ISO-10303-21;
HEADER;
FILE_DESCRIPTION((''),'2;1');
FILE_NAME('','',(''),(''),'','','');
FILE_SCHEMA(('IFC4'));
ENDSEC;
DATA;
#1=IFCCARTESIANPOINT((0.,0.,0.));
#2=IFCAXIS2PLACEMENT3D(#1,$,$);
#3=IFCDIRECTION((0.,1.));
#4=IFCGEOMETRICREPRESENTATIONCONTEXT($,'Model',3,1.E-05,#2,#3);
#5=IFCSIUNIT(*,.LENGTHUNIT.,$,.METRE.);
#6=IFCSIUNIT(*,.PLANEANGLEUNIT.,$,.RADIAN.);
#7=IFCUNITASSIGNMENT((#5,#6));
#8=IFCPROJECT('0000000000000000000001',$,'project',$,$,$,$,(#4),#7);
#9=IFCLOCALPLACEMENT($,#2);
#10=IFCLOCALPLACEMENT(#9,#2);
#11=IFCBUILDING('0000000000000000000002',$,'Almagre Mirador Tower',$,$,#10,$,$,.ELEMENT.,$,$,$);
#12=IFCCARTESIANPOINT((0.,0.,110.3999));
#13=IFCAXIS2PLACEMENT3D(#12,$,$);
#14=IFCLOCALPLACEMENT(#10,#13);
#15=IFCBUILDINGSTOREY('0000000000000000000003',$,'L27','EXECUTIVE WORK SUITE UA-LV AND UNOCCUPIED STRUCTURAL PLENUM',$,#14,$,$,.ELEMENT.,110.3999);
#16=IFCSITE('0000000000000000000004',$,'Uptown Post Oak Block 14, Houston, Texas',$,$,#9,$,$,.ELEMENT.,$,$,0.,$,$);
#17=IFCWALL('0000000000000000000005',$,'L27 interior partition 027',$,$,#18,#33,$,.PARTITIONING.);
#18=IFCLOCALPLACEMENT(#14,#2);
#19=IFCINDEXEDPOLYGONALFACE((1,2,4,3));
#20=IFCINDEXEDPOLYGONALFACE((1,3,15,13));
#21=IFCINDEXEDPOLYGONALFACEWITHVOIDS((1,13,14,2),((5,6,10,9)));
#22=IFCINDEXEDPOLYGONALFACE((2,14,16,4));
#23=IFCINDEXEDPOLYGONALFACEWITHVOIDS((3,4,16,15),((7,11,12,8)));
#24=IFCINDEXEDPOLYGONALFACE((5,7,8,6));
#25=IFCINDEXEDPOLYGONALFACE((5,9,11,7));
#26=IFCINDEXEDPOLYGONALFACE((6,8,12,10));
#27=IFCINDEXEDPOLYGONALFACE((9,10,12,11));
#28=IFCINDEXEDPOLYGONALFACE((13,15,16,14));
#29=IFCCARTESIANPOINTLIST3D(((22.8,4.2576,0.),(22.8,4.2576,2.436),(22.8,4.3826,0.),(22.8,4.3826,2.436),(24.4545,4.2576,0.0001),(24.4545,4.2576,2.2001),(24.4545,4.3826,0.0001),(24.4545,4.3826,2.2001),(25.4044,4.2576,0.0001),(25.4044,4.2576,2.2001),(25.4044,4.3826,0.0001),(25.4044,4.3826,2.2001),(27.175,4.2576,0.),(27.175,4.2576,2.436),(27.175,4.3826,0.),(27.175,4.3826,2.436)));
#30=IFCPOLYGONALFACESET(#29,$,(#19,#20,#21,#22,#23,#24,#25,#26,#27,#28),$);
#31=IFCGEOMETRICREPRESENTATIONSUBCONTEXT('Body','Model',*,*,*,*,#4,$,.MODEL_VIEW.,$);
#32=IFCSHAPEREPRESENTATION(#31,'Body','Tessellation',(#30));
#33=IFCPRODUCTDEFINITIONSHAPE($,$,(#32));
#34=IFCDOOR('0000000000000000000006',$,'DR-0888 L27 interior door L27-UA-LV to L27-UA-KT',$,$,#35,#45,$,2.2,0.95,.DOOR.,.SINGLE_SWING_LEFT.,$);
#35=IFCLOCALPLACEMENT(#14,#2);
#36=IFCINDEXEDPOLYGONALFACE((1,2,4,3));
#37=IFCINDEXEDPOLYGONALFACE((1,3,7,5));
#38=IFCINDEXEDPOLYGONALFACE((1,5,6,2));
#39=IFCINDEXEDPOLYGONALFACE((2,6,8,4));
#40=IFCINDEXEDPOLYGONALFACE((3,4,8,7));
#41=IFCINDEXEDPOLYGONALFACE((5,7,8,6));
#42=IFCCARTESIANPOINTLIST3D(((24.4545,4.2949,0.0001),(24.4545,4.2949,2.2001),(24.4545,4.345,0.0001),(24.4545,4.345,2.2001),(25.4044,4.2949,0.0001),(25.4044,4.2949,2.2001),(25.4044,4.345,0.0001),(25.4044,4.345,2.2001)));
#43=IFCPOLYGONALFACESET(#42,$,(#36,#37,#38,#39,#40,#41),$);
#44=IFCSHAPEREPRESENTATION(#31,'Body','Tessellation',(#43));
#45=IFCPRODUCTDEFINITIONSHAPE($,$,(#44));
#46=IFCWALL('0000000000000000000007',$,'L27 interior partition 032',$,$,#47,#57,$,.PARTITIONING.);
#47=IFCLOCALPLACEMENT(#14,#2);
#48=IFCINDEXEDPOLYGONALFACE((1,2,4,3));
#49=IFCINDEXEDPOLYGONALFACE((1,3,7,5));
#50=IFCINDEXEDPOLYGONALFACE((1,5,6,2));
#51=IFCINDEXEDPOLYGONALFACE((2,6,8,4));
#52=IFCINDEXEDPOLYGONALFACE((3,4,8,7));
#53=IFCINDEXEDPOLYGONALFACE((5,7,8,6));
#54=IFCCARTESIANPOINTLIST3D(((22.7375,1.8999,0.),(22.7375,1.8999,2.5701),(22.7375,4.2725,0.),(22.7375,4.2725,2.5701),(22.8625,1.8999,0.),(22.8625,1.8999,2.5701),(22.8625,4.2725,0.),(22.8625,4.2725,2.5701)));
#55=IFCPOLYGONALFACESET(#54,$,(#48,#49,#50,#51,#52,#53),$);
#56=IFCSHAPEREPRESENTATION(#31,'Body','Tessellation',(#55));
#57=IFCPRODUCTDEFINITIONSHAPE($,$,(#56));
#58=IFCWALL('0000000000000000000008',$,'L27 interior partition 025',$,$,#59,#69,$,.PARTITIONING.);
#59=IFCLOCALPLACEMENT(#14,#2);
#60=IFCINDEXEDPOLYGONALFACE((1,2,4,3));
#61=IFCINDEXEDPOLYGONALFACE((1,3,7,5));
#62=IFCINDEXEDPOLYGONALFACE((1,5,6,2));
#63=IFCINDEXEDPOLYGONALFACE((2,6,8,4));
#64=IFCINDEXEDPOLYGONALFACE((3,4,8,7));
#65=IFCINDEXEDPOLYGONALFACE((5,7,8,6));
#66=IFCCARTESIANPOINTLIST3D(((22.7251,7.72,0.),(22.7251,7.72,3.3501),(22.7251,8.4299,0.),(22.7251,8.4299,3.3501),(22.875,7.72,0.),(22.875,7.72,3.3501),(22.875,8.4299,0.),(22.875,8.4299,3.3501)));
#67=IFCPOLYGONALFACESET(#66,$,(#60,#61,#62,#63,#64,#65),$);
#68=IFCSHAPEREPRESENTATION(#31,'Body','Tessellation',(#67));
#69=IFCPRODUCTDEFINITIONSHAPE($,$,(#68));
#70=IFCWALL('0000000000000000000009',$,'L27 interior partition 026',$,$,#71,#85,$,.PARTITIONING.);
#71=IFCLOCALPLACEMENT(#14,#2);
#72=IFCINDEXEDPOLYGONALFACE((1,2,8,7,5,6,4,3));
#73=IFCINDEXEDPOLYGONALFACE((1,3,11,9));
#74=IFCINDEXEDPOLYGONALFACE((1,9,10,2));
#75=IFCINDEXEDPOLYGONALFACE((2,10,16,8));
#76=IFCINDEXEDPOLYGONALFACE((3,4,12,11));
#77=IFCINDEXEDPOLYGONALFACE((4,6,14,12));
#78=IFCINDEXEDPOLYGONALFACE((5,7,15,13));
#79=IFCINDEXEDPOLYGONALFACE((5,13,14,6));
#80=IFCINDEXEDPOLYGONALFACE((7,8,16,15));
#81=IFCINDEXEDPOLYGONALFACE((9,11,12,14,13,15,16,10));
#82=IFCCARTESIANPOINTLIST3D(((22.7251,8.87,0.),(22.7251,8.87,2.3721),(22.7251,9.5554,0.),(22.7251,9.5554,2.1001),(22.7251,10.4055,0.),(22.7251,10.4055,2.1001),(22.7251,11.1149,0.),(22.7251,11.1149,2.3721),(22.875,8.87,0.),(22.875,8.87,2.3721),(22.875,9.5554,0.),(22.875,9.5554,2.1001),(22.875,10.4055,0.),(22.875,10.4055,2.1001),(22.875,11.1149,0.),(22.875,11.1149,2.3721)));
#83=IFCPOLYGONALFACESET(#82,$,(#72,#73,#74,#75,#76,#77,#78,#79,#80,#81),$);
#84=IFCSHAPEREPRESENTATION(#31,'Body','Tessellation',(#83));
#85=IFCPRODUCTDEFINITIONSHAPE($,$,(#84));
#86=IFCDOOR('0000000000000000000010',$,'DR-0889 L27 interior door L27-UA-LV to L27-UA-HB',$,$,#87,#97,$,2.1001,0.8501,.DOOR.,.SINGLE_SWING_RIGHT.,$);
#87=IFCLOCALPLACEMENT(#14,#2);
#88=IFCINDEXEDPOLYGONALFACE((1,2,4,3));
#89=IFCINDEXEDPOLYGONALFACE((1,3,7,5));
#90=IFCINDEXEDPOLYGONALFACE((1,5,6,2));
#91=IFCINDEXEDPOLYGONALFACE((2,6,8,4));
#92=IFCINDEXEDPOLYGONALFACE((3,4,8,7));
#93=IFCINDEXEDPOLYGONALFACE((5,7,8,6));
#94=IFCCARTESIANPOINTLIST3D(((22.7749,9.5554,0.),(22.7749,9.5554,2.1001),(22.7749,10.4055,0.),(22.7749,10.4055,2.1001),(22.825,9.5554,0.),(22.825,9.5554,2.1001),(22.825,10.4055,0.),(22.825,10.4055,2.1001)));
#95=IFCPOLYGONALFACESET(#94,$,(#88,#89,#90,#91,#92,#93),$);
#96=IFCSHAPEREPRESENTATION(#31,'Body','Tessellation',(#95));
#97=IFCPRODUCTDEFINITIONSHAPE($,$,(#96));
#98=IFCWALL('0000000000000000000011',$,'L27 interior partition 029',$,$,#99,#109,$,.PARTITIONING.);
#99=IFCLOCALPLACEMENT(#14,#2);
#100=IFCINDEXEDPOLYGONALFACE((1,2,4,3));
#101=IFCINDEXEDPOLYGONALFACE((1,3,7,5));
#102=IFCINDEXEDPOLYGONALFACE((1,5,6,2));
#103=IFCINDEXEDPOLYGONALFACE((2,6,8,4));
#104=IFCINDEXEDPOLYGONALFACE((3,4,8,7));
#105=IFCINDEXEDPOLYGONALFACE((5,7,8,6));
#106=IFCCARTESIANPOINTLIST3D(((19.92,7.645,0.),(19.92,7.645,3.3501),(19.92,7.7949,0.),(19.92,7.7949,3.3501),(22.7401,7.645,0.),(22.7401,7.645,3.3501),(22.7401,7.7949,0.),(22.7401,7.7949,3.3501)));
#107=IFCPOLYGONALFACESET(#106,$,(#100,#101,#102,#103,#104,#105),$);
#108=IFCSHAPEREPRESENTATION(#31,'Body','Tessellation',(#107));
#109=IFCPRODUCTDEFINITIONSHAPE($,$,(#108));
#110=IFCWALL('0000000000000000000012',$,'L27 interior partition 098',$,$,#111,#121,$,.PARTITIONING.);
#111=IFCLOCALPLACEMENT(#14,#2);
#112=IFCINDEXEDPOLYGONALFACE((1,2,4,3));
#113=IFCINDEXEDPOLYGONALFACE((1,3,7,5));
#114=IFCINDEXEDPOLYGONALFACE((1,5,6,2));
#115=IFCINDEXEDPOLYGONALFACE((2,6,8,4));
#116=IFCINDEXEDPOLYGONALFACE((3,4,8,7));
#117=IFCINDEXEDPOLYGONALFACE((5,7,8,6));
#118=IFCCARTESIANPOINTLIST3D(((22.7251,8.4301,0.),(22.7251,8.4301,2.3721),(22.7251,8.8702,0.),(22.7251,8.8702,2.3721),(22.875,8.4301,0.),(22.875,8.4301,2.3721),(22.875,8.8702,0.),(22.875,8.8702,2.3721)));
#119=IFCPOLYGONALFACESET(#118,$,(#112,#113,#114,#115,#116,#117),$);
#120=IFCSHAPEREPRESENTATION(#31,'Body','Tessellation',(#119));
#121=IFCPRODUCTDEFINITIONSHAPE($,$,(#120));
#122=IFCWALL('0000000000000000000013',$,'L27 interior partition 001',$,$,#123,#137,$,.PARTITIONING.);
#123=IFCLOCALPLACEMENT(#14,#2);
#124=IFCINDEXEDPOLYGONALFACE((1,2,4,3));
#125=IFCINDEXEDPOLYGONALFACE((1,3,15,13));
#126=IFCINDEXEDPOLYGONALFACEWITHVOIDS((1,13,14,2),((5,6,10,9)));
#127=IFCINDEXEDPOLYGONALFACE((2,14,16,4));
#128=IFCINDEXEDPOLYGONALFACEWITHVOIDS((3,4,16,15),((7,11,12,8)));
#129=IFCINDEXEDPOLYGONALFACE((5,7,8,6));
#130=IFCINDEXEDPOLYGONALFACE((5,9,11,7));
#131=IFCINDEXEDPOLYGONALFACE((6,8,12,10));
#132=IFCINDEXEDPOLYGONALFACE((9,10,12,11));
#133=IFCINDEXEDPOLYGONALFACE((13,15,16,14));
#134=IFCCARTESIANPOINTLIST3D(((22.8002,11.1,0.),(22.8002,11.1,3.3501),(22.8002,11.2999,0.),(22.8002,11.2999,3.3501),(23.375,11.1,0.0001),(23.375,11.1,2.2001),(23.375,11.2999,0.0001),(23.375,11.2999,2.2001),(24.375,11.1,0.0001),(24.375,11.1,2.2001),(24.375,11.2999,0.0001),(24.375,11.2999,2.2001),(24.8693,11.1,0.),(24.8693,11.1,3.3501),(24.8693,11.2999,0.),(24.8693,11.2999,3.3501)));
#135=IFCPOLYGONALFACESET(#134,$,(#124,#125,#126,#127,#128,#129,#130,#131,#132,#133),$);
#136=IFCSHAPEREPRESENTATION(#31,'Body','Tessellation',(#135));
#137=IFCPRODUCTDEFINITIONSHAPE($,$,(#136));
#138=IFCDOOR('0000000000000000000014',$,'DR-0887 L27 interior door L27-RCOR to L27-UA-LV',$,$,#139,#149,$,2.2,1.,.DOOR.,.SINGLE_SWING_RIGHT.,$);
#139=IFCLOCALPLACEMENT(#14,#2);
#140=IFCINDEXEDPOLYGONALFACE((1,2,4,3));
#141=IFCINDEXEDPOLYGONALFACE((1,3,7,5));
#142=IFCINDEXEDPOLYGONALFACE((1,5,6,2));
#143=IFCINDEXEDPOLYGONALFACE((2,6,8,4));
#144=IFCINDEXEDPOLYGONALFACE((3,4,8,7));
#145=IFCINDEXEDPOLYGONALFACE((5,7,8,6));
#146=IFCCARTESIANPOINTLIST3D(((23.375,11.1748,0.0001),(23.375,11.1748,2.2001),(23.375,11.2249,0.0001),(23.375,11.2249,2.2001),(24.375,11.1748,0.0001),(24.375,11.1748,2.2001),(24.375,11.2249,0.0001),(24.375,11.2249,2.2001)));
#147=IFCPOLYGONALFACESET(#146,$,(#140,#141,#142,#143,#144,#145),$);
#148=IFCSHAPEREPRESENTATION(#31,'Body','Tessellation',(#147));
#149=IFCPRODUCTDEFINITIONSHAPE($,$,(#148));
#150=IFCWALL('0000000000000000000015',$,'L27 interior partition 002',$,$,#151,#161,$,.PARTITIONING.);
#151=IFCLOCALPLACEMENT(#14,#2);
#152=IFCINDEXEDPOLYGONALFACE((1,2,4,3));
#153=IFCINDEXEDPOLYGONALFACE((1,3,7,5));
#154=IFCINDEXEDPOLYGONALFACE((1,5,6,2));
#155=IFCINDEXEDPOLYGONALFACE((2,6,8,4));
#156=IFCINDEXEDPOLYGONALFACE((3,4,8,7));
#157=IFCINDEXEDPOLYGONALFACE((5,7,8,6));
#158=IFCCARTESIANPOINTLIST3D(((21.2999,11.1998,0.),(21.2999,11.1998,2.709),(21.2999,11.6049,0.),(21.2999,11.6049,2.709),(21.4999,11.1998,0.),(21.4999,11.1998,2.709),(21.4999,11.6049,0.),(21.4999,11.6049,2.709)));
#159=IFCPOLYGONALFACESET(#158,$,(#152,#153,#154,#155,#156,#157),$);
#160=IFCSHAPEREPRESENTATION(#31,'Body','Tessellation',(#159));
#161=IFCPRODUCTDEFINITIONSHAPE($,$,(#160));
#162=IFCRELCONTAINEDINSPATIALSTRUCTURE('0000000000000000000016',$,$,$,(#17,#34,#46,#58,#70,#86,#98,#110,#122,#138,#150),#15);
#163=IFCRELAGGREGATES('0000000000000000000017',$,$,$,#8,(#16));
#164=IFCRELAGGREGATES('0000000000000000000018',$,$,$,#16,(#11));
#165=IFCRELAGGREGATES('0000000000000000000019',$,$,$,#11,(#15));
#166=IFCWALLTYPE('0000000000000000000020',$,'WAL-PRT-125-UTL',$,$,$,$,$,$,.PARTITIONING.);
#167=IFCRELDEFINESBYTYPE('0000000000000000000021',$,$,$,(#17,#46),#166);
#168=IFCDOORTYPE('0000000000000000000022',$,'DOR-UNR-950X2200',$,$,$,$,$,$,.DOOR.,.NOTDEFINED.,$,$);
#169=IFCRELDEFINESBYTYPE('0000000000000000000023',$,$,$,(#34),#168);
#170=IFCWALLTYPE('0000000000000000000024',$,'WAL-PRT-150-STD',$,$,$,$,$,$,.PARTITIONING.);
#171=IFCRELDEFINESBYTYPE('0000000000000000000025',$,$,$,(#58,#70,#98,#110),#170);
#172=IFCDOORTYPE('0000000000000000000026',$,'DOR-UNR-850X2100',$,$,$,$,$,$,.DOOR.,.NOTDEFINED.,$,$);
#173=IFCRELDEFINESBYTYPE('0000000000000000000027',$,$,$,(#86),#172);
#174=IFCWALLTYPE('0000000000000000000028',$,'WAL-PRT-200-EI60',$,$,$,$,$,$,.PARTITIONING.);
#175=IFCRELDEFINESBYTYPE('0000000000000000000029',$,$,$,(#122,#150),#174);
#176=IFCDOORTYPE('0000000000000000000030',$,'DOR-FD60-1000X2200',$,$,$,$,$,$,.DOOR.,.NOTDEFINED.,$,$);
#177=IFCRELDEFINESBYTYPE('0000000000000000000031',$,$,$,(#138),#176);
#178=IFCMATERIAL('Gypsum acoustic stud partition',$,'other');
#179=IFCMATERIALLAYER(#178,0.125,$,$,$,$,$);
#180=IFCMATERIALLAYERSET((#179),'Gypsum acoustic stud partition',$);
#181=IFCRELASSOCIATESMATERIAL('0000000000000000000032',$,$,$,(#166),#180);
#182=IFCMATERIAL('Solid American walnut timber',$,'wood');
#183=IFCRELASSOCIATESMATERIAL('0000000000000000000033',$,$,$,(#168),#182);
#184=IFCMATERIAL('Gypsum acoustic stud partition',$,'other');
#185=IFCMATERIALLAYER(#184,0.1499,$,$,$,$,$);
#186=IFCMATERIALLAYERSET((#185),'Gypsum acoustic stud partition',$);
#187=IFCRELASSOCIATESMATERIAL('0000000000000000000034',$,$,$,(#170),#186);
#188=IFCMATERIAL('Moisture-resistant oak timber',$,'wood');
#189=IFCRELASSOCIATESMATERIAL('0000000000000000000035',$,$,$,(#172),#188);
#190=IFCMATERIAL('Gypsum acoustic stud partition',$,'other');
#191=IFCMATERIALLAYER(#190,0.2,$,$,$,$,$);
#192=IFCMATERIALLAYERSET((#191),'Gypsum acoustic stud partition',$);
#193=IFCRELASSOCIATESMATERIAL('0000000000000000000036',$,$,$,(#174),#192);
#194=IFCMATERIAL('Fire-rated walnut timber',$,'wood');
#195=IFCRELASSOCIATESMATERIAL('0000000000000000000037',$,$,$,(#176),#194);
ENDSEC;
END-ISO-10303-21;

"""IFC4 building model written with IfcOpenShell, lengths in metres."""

from ifc_helpers import new_model, si_unit, direction, frame, frame_2d, origin, place, context, subcontext, project, spatial, rectangle, extrude, material, layer, layer_set, type_object, element, fill, save


model = new_model("IFC4")

# Units and contexts
model_context = context("Model", 3, precision=1e-05, world=origin(), true_north=direction((0.0, 1.0)))
body_context = subcontext(model_context, "Body", "Model", "MODEL_VIEW")
ifc_project = project(units=[si_unit("LENGTHUNIT", "METRE"), si_unit("PLANEANGLEUNIT", "RADIAN")], contexts=[model_context])

# Site, building, storey
site_placement = place(None, origin())
site = spatial("IfcSite", under=ifc_project, at=site_placement, Name="Uptown Post Oak Block 14, Houston, Texas", CompositionType="ELEMENT", RefElevation=0.0)
building_placement = place(site_placement, origin())
building = spatial("IfcBuilding", under=site, at=building_placement, Name="Almagre Mirador Tower", CompositionType="ELEMENT")
storey_placement = place(building_placement, frame((0.0, 0.0, 110.3999)))
storey = spatial("IfcBuildingStorey", under=building, at=storey_placement, Name="L27", Description="EXECUTIVE WORK SUITE UA-LV AND UNOCCUPIED STRUCTURAL PLENUM", CompositionType="ELEMENT", Elevation=110.3999)

# Wall, opening, door
ifc_material_1 = material(Name="Gypsum acoustic stud partition", Category="other")
ifc_layer_1 = layer(ifc_material_1, 0.125)
ifc_layer_set_1 = layer_set([ifc_layer_1], Name="Gypsum acoustic stud partition")
wall_type_1 = type_object("IfcWallType", Name="WAL-PRT-125-UTL", PredefinedType="PARTITIONING", material=ifc_layer_set_1)
wall_1_placement = place(storey_placement, frame((22.8, 4.3201, 0.0), z_axis=(0.0, 0.0, 1.0), x_axis=(1.0, 0.0, 0.0)))
wall_1 = element("IfcWall", 1, at=wall_1_placement, inside=storey, type_object=wall_type_1, Name="L27 interior partition 027", PredefinedType="PARTITIONING", context=body_context, shape_type="SweptSolid", body=[
    extrude(rectangle(XDim=4.375, YDim=0.125, at=frame_2d((2.1875, 0.0))), origin(), (0.0, 0.0, 1.0), 2.436),
])
opening_1_placement = place(wall_1_placement, frame((1.6543, 0.0, 0.0)))
opening_1 = element("IfcOpeningElement", 2, at=opening_1_placement, cuts=wall_1, PredefinedType="OPENING", context=body_context, shape_type="SweptSolid", body=[
    extrude(rectangle(XDim=0.95, YDim=2.2, at=frame_2d((0.4751, 1.1001))), frame((0.0, 0.0725, 0.0), z_axis=(0.0, -1.0, 0.0), x_axis=(1.0, 0.0, 0.0)), (0.0, 0.0, 1.0), 0.145),
])
ifc_material_2 = material(Name="Solid American walnut timber", Category="wood")
door_type_1 = type_object("IfcDoorType", Name="DOR-UNR-950X2200", OperationType="NOTDEFINED", PredefinedType="DOOR", material=ifc_material_2)
door_1_placement = place(opening_1_placement, origin())
door_1 = element("IfcDoor", 3, at=door_1_placement, inside=storey, type_object=door_type_1, Name="DR-0888 L27 interior door L27-UA-LV to L27-UA-KT", OperationType="SINGLE_SWING_LEFT", OverallHeight=2.2, OverallWidth=0.95, PredefinedType="DOOR", context=body_context, shape_type="SweptSolid", body=[
    extrude(rectangle(XDim=0.95, YDim=2.2, at=frame_2d((0.4751, 1.1001))), frame((0.0, 0.0249, 0.0), z_axis=(0.0, -1.0, 0.0), x_axis=(1.0, 0.0, 0.0)), (0.0, 0.0, 1.0), 0.05),
])
fill(opening_1, door_1)

# Walls
wall_2_placement = place(storey_placement, frame((22.8, 4.2725, 0.0), z_axis=(0.0, 0.0, 1.0), x_axis=(0.0, -1.0, 0.0)))
element("IfcWall", 4, at=wall_2_placement, inside=storey, type_object=wall_type_1, Name="L27 interior partition 032", PredefinedType="PARTITIONING", context=body_context, shape_type="SweptSolid", body=[
    extrude(rectangle(XDim=2.3726, YDim=0.125, at=frame_2d((1.1863, 0.0))), origin(), (0.0, 0.0, 1.0), 2.5701),
])
ifc_material_3 = material(Name="Gypsum acoustic stud partition", Category="other")
ifc_layer_2 = layer(ifc_material_3, 0.1499)
ifc_layer_set_2 = layer_set([ifc_layer_2], Name="Gypsum acoustic stud partition")
wall_type_2 = type_object("IfcWallType", Name="WAL-PRT-150-STD", PredefinedType="PARTITIONING", material=ifc_layer_set_2)
wall_3_placement = place(storey_placement, frame((22.8, 8.4299, 0.0), z_axis=(0.0, 0.0, 1.0), x_axis=(0.0, -1.0, 0.0)))
element("IfcWall", 5, at=wall_3_placement, inside=storey, type_object=wall_type_2, Name="L27 interior partition 025", PredefinedType="PARTITIONING", context=body_context, shape_type="SweptSolid", body=[
    extrude(rectangle(XDim=0.71, YDim=0.1499, at=frame_2d((0.355, 0.0))), origin(), (0.0, 0.0, 1.0), 3.3501),
])

# Wall, opening, door
wall_4_placement = place(storey_placement, frame((22.8, 11.115, 0.0), z_axis=(0.0, 0.0, 1.0), x_axis=(0.0, -1.0, 0.0)))
wall_4 = element("IfcWall", 6, at=wall_4_placement, inside=storey, type_object=wall_type_2, Name="L27 interior partition 026", PredefinedType="PARTITIONING", context=body_context, shape_type="SweptSolid", body=[
    extrude(rectangle(XDim=2.2449, YDim=0.1499, at=frame_2d((1.1226, 0.0))), origin(), (0.0, 0.0, 1.0), 2.3721),
])
opening_2_placement = place(wall_4_placement, frame((0.7095, 0.0, 0.0)))
opening_2 = element("IfcOpeningElement", 7, at=opening_2_placement, cuts=wall_4, PredefinedType="OPENING", context=body_context, shape_type="SweptSolid", body=[
    extrude(rectangle(XDim=0.8501, YDim=2.1001, at=frame_2d((0.425, 1.05))), frame((0.0, 0.085, 0.0), z_axis=(0.0, -1.0, 0.0), x_axis=(1.0, 0.0, 0.0)), (0.0, 0.0, 1.0), 0.1699),
])
ifc_material_4 = material(Name="Moisture-resistant oak timber", Category="wood")
door_type_2 = type_object("IfcDoorType", Name="DOR-UNR-850X2100", OperationType="NOTDEFINED", PredefinedType="DOOR", material=ifc_material_4)
door_2_placement = place(opening_2_placement, origin())
door_2 = element("IfcDoor", 8, at=door_2_placement, inside=storey, type_object=door_type_2, Name="DR-0889 L27 interior door L27-UA-LV to L27-UA-HB", OperationType="SINGLE_SWING_RIGHT", OverallHeight=2.1001, OverallWidth=0.8501, PredefinedType="DOOR", context=body_context, shape_type="SweptSolid", body=[
    extrude(rectangle(XDim=0.8501, YDim=2.1001, at=frame_2d((0.425, 1.05))), frame((0.0, 0.0249, 0.0), z_axis=(0.0, -1.0, 0.0), x_axis=(1.0, 0.0, 0.0)), (0.0, 0.0, 1.0), 0.05),
])
fill(opening_2, door_2)

# Walls
wall_5_placement = place(storey_placement, frame((19.9199, 7.72, 0.0), z_axis=(0.0, 0.0, 1.0), x_axis=(1.0, 0.0, 0.0)))
element("IfcWall", 9, at=wall_5_placement, inside=storey, type_object=wall_type_2, Name="L27 interior partition 029", PredefinedType="PARTITIONING", context=body_context, shape_type="SweptSolid", body=[
    extrude(rectangle(XDim=2.8201, YDim=0.1499, at=frame_2d((1.4102, 0.0))), origin(), (0.0, 0.0, 1.0), 3.3501),
])
wall_6_placement = place(storey_placement, frame((22.8, 8.4299, 0.0), z_axis=(0.0, 0.0, 1.0), x_axis=(0.0, 1.0, 0.0)))
element("IfcWall", 10, at=wall_6_placement, inside=storey, type_object=wall_type_2, Name="L27 interior partition 098", PredefinedType="PARTITIONING", context=body_context, shape_type="SweptSolid", body=[
    extrude(rectangle(XDim=0.4402, YDim=0.1499, at=frame_2d((0.2202, 0.0))), origin(), (0.0, 0.0, 1.0), 2.3721),
])

# Wall, opening, door
ifc_material_5 = material(Name="Gypsum acoustic stud partition", Category="other")
ifc_layer_3 = layer(ifc_material_5, 0.2)
ifc_layer_set_3 = layer_set([ifc_layer_3], Name="Gypsum acoustic stud partition")
wall_type_3 = type_object("IfcWallType", Name="WAL-PRT-200-EI60", PredefinedType="PARTITIONING", material=ifc_layer_set_3)
wall_7_placement = place(storey_placement, frame((22.8, 11.2, 0.0), z_axis=(0.0, 0.0, 1.0), x_axis=(1.0, 0.0, 0.0)))
wall_7 = element("IfcWall", 11, at=wall_7_placement, inside=storey, type_object=wall_type_3, Name="L27 interior partition 001", PredefinedType="PARTITIONING", context=body_context, shape_type="SweptSolid", body=[
    extrude(rectangle(XDim=2.0691, YDim=0.2, at=frame_2d((1.0347, 0.0))), origin(), (0.0, 0.0, 1.0), 3.3501),
])
opening_3_placement = place(wall_7_placement, frame((0.575, 0.0, 0.0)))
opening_3 = element("IfcOpeningElement", 12, at=opening_3_placement, cuts=wall_7, PredefinedType="OPENING", context=body_context, shape_type="SweptSolid", body=[
    extrude(rectangle(XDim=1.0, YDim=2.2, at=frame_2d((0.5, 1.1001))), frame((0.0, 0.1101, 0.0), z_axis=(0.0, -1.0, 0.0), x_axis=(1.0, 0.0, 0.0)), (0.0, 0.0, 1.0), 0.22),
])
ifc_material_6 = material(Name="Fire-rated walnut timber", Category="wood")
door_type_3 = type_object("IfcDoorType", Name="DOR-FD60-1000X2200", OperationType="NOTDEFINED", PredefinedType="DOOR", material=ifc_material_6)
door_3_placement = place(opening_3_placement, origin())
door_3 = element("IfcDoor", 13, at=door_3_placement, inside=storey, type_object=door_type_3, Name="DR-0887 L27 interior door L27-RCOR to L27-UA-LV", OperationType="SINGLE_SWING_RIGHT", OverallHeight=2.2, OverallWidth=1.0, PredefinedType="DOOR", context=body_context, shape_type="SweptSolid", body=[
    extrude(rectangle(XDim=1.0, YDim=2.2, at=frame_2d((0.5, 1.1001))), frame((0.0, 0.0249, 0.0), z_axis=(0.0, -1.0, 0.0), x_axis=(1.0, 0.0, 0.0)), (0.0, 0.0, 1.0), 0.05),
])
fill(opening_3, door_3)

# Wall
wall_8_placement = place(storey_placement, frame((21.3999, 11.605, 0.0), z_axis=(0.0, 0.0, 1.0), x_axis=(0.0, -1.0, 0.0)))
element("IfcWall", 14, at=wall_8_placement, inside=storey, type_object=wall_type_3, Name="L27 interior partition 002", PredefinedType="PARTITIONING", context=body_context, shape_type="SweptSolid", body=[
    extrude(rectangle(XDim=0.405, YDim=0.2, at=frame_2d((0.2026, 0.0))), origin(), (0.0, 0.0, 1.0), 2.709),
])

save(model, "model.ifc")
